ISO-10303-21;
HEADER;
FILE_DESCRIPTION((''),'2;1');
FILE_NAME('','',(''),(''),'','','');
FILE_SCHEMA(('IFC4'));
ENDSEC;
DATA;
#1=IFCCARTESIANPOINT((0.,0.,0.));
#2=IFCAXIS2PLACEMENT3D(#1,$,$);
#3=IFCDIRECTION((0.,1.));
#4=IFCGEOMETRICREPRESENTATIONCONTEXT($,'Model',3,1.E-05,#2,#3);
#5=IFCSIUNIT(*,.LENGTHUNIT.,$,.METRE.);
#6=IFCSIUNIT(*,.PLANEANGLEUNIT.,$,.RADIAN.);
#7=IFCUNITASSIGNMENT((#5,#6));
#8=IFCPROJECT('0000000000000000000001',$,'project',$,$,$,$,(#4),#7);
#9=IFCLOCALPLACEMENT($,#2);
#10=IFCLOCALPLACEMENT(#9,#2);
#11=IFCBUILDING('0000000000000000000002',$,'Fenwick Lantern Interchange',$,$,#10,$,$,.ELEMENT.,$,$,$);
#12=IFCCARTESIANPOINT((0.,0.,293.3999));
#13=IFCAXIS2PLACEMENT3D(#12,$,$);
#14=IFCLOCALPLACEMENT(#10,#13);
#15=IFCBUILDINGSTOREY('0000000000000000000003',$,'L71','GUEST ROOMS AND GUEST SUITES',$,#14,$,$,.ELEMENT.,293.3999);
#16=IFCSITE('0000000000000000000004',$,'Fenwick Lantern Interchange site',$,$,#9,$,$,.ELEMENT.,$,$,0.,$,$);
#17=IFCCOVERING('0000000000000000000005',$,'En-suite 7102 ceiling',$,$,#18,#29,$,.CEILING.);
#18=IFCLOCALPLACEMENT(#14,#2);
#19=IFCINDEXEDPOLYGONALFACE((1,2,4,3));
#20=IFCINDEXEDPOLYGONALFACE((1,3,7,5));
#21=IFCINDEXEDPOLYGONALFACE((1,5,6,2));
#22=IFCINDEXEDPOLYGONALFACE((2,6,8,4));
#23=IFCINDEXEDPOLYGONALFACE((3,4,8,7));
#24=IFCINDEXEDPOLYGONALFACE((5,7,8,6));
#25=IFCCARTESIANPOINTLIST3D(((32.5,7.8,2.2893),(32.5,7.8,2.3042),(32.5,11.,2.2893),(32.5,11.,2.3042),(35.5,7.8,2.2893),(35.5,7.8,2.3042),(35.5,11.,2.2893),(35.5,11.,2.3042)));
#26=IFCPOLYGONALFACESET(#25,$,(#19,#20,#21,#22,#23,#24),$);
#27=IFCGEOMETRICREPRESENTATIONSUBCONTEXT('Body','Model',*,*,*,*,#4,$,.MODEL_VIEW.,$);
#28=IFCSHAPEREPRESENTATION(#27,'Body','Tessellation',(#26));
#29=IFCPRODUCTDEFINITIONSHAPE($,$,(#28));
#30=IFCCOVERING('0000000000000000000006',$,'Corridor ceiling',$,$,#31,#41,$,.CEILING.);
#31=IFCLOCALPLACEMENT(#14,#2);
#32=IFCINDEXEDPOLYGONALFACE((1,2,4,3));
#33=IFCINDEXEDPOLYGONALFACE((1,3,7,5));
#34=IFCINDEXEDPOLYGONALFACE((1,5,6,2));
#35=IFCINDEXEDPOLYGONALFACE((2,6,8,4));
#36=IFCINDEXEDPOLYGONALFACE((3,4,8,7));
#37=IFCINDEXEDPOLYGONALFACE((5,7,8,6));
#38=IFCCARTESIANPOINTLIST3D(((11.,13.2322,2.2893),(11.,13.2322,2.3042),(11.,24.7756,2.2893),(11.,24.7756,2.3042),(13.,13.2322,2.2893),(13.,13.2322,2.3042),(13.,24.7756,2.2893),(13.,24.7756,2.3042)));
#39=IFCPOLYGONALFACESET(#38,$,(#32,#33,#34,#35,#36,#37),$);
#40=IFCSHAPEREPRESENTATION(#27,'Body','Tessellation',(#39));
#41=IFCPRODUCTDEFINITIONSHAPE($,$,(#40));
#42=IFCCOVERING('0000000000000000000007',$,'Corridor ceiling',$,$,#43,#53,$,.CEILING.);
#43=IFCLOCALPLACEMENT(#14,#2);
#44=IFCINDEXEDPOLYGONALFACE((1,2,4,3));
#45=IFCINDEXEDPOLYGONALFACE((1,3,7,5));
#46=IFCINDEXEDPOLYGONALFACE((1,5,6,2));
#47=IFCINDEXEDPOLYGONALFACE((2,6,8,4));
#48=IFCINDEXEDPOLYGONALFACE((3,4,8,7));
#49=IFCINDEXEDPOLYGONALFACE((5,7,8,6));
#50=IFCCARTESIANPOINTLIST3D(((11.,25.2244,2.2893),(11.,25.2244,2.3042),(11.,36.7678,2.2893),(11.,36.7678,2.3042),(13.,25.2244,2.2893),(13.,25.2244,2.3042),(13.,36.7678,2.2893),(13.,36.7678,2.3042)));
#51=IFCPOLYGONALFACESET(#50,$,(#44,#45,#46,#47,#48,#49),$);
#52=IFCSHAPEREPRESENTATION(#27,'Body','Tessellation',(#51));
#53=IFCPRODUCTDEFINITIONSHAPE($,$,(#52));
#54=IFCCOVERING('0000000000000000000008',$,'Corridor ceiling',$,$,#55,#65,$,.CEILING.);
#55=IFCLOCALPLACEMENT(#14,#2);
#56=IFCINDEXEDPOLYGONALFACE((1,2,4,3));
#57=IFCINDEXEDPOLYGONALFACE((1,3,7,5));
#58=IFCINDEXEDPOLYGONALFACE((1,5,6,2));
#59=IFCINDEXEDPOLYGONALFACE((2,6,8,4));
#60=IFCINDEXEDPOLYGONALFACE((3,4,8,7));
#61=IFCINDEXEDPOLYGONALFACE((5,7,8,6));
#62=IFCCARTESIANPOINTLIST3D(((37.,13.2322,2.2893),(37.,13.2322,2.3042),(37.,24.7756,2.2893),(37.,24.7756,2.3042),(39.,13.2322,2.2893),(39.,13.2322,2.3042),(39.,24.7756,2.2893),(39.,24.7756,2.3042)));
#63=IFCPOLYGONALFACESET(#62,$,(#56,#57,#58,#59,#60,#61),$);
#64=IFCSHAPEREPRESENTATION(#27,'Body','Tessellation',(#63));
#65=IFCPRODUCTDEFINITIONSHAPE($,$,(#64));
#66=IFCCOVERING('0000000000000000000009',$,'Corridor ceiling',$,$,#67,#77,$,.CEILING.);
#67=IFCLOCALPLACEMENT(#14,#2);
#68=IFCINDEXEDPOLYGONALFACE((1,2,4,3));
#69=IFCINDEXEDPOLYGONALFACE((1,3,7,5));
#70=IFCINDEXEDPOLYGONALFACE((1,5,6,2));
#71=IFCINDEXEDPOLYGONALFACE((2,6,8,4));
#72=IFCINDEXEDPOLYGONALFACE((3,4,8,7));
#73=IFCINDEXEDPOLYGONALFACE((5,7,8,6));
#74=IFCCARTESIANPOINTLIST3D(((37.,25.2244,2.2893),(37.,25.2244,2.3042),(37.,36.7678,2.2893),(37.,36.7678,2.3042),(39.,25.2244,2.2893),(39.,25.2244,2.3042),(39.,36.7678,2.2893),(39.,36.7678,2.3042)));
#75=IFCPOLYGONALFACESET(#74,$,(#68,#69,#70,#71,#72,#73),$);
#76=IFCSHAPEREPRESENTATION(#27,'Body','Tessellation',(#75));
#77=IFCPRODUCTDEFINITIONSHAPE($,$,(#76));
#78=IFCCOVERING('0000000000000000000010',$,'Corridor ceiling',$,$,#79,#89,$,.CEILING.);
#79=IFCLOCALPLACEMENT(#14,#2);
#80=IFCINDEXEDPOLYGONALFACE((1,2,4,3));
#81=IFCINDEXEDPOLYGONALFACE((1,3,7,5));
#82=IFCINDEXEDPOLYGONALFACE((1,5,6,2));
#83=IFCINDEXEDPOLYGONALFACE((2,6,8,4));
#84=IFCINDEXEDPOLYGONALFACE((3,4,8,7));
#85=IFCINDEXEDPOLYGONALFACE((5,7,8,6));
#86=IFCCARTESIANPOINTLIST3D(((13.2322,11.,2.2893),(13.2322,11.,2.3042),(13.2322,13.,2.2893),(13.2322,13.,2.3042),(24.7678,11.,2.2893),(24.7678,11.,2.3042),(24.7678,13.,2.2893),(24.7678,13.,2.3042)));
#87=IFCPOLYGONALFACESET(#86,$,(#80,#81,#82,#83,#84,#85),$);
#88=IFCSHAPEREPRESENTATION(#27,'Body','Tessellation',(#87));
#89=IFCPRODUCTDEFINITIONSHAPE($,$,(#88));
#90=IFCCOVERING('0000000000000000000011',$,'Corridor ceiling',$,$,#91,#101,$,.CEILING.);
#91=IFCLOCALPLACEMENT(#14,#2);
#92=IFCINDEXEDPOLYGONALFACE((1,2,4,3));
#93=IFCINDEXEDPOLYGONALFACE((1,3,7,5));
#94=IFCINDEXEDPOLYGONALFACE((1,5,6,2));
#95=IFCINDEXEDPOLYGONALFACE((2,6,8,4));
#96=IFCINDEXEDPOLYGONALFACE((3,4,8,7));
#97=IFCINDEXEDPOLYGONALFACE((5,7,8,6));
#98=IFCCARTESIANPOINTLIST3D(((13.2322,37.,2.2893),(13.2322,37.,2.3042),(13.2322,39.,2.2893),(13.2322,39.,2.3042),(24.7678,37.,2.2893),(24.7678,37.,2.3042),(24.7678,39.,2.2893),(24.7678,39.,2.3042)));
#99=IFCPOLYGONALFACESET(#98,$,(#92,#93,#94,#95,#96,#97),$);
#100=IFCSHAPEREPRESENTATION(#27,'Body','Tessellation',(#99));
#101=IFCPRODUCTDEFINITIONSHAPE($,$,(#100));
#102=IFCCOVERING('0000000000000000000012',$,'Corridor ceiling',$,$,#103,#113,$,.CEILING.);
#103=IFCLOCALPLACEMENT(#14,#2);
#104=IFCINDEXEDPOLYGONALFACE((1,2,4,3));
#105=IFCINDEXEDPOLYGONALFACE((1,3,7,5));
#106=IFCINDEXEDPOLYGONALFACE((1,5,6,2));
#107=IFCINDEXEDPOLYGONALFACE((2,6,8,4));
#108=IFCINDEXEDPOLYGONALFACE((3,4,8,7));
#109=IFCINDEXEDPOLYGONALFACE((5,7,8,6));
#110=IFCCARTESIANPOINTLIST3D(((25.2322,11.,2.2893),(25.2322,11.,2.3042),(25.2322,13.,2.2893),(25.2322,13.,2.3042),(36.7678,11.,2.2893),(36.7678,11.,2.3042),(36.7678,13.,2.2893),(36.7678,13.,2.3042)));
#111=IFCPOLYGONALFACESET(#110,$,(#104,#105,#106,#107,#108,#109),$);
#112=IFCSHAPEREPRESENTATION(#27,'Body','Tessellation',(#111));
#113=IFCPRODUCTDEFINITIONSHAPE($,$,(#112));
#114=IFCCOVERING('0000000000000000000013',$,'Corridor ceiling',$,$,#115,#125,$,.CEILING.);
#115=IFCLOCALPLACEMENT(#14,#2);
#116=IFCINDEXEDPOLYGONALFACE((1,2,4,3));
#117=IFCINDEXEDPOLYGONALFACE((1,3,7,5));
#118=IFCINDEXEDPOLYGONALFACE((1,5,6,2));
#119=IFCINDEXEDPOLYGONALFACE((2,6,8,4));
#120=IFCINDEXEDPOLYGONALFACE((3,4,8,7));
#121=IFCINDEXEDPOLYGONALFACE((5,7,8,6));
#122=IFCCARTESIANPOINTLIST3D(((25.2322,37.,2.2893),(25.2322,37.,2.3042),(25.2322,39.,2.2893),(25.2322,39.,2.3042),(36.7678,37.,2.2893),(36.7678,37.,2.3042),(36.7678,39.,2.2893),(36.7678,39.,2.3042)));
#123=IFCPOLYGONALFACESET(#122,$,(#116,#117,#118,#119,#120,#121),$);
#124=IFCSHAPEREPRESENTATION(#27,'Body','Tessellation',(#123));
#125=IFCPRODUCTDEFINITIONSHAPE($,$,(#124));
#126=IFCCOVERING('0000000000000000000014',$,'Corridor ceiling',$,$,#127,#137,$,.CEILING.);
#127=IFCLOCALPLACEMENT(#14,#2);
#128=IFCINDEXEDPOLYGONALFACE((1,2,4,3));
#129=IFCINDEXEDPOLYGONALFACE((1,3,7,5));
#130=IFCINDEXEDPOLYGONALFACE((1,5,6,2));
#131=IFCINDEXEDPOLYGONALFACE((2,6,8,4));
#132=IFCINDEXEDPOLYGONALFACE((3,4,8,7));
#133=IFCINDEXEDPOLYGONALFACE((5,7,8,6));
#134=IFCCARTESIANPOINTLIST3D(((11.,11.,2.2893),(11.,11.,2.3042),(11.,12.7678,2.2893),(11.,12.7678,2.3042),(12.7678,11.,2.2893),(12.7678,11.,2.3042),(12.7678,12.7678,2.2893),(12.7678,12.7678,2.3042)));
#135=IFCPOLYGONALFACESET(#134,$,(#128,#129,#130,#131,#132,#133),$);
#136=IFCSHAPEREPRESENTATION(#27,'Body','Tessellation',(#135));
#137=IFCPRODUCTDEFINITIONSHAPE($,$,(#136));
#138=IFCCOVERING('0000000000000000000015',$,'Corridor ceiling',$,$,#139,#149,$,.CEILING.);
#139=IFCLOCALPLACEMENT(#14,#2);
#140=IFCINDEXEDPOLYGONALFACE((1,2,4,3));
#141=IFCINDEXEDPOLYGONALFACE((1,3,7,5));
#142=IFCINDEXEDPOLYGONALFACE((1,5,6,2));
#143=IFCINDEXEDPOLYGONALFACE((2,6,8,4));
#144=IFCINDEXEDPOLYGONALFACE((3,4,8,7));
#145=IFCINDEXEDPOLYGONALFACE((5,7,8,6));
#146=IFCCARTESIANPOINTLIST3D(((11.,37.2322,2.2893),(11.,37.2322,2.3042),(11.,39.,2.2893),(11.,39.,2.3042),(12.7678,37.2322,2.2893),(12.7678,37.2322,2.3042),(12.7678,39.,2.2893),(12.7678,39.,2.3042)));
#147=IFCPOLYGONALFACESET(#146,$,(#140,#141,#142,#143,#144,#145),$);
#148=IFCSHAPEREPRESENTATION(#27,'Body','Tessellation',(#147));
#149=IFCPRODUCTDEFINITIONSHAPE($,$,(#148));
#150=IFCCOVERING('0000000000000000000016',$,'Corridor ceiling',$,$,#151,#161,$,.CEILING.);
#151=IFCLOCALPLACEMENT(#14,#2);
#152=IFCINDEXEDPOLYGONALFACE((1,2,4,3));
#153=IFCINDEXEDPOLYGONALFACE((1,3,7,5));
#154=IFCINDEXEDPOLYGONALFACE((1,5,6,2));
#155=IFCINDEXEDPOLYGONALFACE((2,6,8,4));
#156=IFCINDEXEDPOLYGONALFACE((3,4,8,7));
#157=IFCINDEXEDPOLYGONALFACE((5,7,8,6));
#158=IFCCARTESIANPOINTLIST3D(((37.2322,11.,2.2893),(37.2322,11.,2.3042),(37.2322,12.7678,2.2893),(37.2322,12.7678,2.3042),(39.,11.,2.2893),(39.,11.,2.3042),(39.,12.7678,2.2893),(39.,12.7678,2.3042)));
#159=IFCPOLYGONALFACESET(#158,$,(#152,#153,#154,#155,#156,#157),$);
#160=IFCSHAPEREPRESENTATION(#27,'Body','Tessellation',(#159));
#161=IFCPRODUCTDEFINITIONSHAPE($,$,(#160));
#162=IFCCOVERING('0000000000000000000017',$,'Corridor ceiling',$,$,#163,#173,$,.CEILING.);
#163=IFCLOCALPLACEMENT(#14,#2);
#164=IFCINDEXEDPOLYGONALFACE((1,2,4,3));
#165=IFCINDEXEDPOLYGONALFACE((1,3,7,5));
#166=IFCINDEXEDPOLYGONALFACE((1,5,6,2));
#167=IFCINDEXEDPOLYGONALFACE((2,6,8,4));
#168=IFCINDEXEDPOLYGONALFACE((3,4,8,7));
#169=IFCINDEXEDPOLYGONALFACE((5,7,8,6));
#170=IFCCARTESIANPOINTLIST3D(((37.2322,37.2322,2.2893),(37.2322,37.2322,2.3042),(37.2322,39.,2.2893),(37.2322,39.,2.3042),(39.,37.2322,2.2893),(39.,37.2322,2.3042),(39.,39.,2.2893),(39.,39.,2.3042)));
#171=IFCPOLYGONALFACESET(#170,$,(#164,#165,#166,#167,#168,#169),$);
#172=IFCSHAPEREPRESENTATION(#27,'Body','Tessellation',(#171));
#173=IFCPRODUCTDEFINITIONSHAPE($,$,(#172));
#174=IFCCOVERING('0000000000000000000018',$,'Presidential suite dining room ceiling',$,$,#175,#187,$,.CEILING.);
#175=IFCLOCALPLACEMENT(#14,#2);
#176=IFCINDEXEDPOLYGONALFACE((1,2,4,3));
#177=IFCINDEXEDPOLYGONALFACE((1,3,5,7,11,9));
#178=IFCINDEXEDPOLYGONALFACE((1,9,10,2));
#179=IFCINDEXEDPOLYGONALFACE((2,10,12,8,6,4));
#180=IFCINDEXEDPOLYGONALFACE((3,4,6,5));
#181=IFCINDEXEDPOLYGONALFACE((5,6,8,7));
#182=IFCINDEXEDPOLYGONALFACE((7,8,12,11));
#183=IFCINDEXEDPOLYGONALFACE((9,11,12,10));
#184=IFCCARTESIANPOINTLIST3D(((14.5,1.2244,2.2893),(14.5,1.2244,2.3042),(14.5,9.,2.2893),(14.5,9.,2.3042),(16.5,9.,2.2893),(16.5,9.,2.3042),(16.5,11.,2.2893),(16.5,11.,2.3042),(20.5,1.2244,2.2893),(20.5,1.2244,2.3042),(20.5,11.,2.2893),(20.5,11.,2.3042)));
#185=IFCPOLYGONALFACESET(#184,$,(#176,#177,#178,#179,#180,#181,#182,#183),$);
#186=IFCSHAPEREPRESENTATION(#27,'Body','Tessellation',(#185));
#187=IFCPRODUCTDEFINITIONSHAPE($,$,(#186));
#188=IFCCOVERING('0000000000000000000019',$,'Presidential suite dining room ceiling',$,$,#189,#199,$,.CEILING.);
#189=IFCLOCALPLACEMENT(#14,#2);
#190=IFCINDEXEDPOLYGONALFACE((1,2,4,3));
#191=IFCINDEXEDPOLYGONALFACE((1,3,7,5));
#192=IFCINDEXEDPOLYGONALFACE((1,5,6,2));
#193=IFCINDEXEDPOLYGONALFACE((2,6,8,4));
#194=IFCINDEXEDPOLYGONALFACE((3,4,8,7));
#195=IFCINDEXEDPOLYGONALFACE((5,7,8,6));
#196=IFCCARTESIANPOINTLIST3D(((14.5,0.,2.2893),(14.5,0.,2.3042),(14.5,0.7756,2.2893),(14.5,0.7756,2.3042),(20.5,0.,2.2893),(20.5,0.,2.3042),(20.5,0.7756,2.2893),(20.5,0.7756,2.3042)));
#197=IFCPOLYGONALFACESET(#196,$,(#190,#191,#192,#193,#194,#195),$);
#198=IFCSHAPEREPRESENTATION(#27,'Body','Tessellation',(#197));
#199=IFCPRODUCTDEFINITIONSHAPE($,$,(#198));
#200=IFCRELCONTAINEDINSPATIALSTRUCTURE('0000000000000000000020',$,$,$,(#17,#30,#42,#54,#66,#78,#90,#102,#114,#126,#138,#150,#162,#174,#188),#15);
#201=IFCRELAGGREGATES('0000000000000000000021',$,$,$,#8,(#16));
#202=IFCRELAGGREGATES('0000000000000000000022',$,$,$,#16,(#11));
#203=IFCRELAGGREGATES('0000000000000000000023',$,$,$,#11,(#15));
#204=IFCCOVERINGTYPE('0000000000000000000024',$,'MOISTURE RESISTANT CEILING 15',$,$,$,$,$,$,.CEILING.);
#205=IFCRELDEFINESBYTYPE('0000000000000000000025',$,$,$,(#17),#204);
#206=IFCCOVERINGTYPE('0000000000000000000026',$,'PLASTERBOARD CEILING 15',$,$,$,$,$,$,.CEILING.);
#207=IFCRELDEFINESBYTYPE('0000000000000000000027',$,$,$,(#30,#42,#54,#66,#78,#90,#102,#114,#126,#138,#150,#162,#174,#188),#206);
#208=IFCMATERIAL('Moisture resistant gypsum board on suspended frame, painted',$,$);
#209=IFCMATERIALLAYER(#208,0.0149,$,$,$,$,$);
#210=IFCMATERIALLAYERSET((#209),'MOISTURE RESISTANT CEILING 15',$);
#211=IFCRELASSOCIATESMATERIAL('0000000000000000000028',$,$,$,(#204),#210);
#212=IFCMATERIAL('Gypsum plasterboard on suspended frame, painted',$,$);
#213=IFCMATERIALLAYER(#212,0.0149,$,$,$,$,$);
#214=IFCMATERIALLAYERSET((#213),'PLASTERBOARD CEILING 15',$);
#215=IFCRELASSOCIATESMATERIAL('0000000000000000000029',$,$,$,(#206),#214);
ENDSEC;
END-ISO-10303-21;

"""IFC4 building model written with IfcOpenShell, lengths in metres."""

from ifc_helpers import new_model, si_unit, direction, frame, origin, place, context, subcontext, project, spatial, polyline, outline, extrude, material, layer, layer_set, type_object, element, save


model = new_model("IFC4")

# Units and contexts
model_context = context("Model", 3, precision=1e-05, world=origin(), true_north=direction((0.0, 1.0)))
body_context = subcontext(model_context, "Body", "Model", "MODEL_VIEW")
ifc_project = project(units=[si_unit("LENGTHUNIT", "METRE"), si_unit("PLANEANGLEUNIT", "RADIAN")], contexts=[model_context])

# Site, building, storey
site_placement = place(None, origin())
site = spatial("IfcSite", under=ifc_project, at=site_placement, Name="Fenwick Lantern Interchange site", CompositionType="ELEMENT", RefElevation=0.0)
building_placement = place(site_placement, origin())
building = spatial("IfcBuilding", under=site, at=building_placement, Name="Fenwick Lantern Interchange", CompositionType="ELEMENT")
storey_placement = place(building_placement, frame((0.0, 0.0, 293.3999)))
storey = spatial("IfcBuildingStorey", under=building, at=storey_placement, Name="L71", Description="GUEST ROOMS AND GUEST SUITES", CompositionType="ELEMENT", Elevation=293.3999)

# Coverings
ifc_material_1 = material(Name="Moisture resistant gypsum board on suspended frame, painted")
ifc_layer_1 = layer(ifc_material_1, 0.0149)
ifc_layer_set_1 = layer_set([ifc_layer_1], Name="MOISTURE RESISTANT CEILING 15")
covering_type_1 = type_object("IfcCoveringType", Name="MOISTURE RESISTANT CEILING 15", PredefinedType="CEILING", material=ifc_layer_set_1)
covering_1_placement = place(storey_placement, frame((0.0, 0.0, 2.2893)))
element("IfcCovering", 1, at=covering_1_placement, inside=storey, type_object=covering_type_1, Name="En-suite 7102 ceiling", PredefinedType="CEILING", context=body_context, shape_type="SweptSolid", body=[
    extrude(outline(polyline([(32.5, 7.8), (35.5, 7.8), (35.5, 11.0), (32.5, 11.0), (32.5, 7.8)])), origin(), (0.0, 0.0, 1.0), 0.0149),
])
ifc_material_2 = material(Name="Gypsum plasterboard on suspended frame, painted")
ifc_layer_2 = layer(ifc_material_2, 0.0149)
ifc_layer_set_2 = layer_set([ifc_layer_2], Name="PLASTERBOARD CEILING 15")
covering_type_2 = type_object("IfcCoveringType", Name="PLASTERBOARD CEILING 15", PredefinedType="CEILING", material=ifc_layer_set_2)
covering_2_placement = place(storey_placement, frame((0.0, 0.0, 2.2893)))
element("IfcCovering", 2, at=covering_2_placement, inside=storey, type_object=covering_type_2, Name="Corridor ceiling", PredefinedType="CEILING", context=body_context, shape_type="SweptSolid", body=[
    extrude(outline(polyline([(11.0, 24.7756), (11.0, 13.2322), (13.0, 13.2322), (13.0, 24.7756), (11.0, 24.7756)])), origin(), (0.0, 0.0, 1.0), 0.0149),
])
covering_3_placement = place(storey_placement, frame((0.0, 0.0, 2.2893)))
element("IfcCovering", 3, at=covering_3_placement, inside=storey, type_object=covering_type_2, Name="Corridor ceiling", PredefinedType="CEILING", context=body_context, shape_type="SweptSolid", body=[
    extrude(outline(polyline([(11.0, 36.7678), (11.0, 25.2244), (13.0, 25.2244), (13.0, 36.7678), (11.0, 36.7678)])), origin(), (0.0, 0.0, 1.0), 0.0149),
])
covering_4_placement = place(storey_placement, frame((0.0, 0.0, 2.2893)))
element("IfcCovering", 4, at=covering_4_placement, inside=storey, type_object=covering_type_2, Name="Corridor ceiling", PredefinedType="CEILING", context=body_context, shape_type="SweptSolid", body=[
    extrude(outline(polyline([(39.0, 13.2322), (39.0, 24.7756), (37.0, 24.7756), (37.0, 13.2322), (39.0, 13.2322)])), origin(), (0.0, 0.0, 1.0), 0.0149),
])
covering_5_placement = place(storey_placement, frame((0.0, 0.0, 2.2893)))
element("IfcCovering", 5, at=covering_5_placement, inside=storey, type_object=covering_type_2, Name="Corridor ceiling", PredefinedType="CEILING", context=body_context, shape_type="SweptSolid", body=[
    extrude(outline(polyline([(39.0, 25.2244), (39.0, 36.7678), (37.0, 36.7678), (37.0, 25.2244), (39.0, 25.2244)])), origin(), (0.0, 0.0, 1.0), 0.0149),
])
covering_6_placement = place(storey_placement, frame((0.0, 0.0, 2.2893)))
element("IfcCovering", 6, at=covering_6_placement, inside=storey, type_object=covering_type_2, Name="Corridor ceiling", PredefinedType="CEILING", context=body_context, shape_type="SweptSolid", body=[
    extrude(outline(polyline([(13.2322, 11.0), (24.7678, 11.0), (24.7678, 13.0), (13.2322, 13.0), (13.2322, 11.0)])), origin(), (0.0, 0.0, 1.0), 0.0149),
])
covering_7_placement = place(storey_placement, frame((0.0, 0.0, 2.2893)))
element("IfcCovering", 7, at=covering_7_placement, inside=storey, type_object=covering_type_2, Name="Corridor ceiling", PredefinedType="CEILING", context=body_context, shape_type="SweptSolid", body=[
    extrude(outline(polyline([(24.7678, 39.0), (13.2322, 39.0), (13.2322, 37.0), (24.7678, 37.0), (24.7678, 39.0)])), origin(), (0.0, 0.0, 1.0), 0.0149),
])
covering_8_placement = place(storey_placement, frame((0.0, 0.0, 2.2893)))
element("IfcCovering", 8, at=covering_8_placement, inside=storey, type_object=covering_type_2, Name="Corridor ceiling", PredefinedType="CEILING", context=body_context, shape_type="SweptSolid", body=[
    extrude(outline(polyline([(25.2322, 11.0), (36.7678, 11.0), (36.7678, 13.0), (25.2322, 13.0), (25.2322, 11.0)])), origin(), (0.0, 0.0, 1.0), 0.0149),
])
covering_9_placement = place(storey_placement, frame((0.0, 0.0, 2.2893)))
element("IfcCovering", 9, at=covering_9_placement, inside=storey, type_object=covering_type_2, Name="Corridor ceiling", PredefinedType="CEILING", context=body_context, shape_type="SweptSolid", body=[
    extrude(outline(polyline([(36.7678, 39.0), (25.2322, 39.0), (25.2322, 37.0), (36.7678, 37.0), (36.7678, 39.0)])), origin(), (0.0, 0.0, 1.0), 0.0149),
])
covering_10_placement = place(storey_placement, frame((0.0, 0.0, 2.2893)))
element("IfcCovering", 10, at=covering_10_placement, inside=storey, type_object=covering_type_2, Name="Corridor ceiling", PredefinedType="CEILING", context=body_context, shape_type="SweptSolid", body=[
    extrude(outline(polyline([(11.0, 11.0), (12.7678, 11.0), (12.7678, 12.7678), (11.0, 12.7678), (11.0, 11.0)])), origin(), (0.0, 0.0, 1.0), 0.0149),
])
covering_11_placement = place(storey_placement, frame((0.0, 0.0, 2.2893)))
element("IfcCovering", 11, at=covering_11_placement, inside=storey, type_object=covering_type_2, Name="Corridor ceiling", PredefinedType="CEILING", context=body_context, shape_type="SweptSolid", body=[
    extrude(outline(polyline([(12.7678, 39.0), (11.0, 39.0), (11.0, 37.2322), (12.7678, 37.2322), (12.7678, 39.0)])), origin(), (0.0, 0.0, 1.0), 0.0149),
])
covering_12_placement = place(storey_placement, frame((0.0, 0.0, 2.2893)))
element("IfcCovering", 12, at=covering_12_placement, inside=storey, type_object=covering_type_2, Name="Corridor ceiling", PredefinedType="CEILING", context=body_context, shape_type="SweptSolid", body=[
    extrude(outline(polyline([(39.0, 11.0), (39.0, 12.7678), (37.2322, 12.7678), (37.2322, 11.0), (39.0, 11.0)])), origin(), (0.0, 0.0, 1.0), 0.0149),
])
covering_13_placement = place(storey_placement, frame((0.0, 0.0, 2.2893)))
element("IfcCovering", 13, at=covering_13_placement, inside=storey, type_object=covering_type_2, Name="Corridor ceiling", PredefinedType="CEILING", context=body_context, shape_type="SweptSolid", body=[
    extrude(outline(polyline([(39.0, 39.0), (37.2322, 39.0), (37.2322, 37.2322), (39.0, 37.2322), (39.0, 39.0)])), origin(), (0.0, 0.0, 1.0), 0.0149),
])
covering_14_placement = place(storey_placement, frame((0.0, 0.0, 2.2893)))
element("IfcCovering", 14, at=covering_14_placement, inside=storey, type_object=covering_type_2, Name="Presidential suite dining room ceiling", PredefinedType="CEILING", context=body_context, shape_type="SweptSolid", body=[
    extrude(outline(polyline([(20.5, 1.2244), (20.5, 11.0), (16.5, 11.0), (16.5, 9.0), (14.5, 9.0), (14.5, 1.2244), (20.5, 1.2244)])), origin(), (0.0, 0.0, 1.0), 0.0149),
])
covering_15_placement = place(storey_placement, frame((0.0, 0.0, 2.2893)))
element("IfcCovering", 15, at=covering_15_placement, inside=storey, type_object=covering_type_2, Name="Presidential suite dining room ceiling", PredefinedType="CEILING", context=body_context, shape_type="SweptSolid", body=[
    extrude(outline(polyline([(20.5, 0.0), (20.5, 0.7756), (14.5, 0.7756), (14.5, 0.0), (20.5, 0.0)])), origin(), (0.0, 0.0, 1.0), 0.0149),
])

save(model, "model.ifc")
